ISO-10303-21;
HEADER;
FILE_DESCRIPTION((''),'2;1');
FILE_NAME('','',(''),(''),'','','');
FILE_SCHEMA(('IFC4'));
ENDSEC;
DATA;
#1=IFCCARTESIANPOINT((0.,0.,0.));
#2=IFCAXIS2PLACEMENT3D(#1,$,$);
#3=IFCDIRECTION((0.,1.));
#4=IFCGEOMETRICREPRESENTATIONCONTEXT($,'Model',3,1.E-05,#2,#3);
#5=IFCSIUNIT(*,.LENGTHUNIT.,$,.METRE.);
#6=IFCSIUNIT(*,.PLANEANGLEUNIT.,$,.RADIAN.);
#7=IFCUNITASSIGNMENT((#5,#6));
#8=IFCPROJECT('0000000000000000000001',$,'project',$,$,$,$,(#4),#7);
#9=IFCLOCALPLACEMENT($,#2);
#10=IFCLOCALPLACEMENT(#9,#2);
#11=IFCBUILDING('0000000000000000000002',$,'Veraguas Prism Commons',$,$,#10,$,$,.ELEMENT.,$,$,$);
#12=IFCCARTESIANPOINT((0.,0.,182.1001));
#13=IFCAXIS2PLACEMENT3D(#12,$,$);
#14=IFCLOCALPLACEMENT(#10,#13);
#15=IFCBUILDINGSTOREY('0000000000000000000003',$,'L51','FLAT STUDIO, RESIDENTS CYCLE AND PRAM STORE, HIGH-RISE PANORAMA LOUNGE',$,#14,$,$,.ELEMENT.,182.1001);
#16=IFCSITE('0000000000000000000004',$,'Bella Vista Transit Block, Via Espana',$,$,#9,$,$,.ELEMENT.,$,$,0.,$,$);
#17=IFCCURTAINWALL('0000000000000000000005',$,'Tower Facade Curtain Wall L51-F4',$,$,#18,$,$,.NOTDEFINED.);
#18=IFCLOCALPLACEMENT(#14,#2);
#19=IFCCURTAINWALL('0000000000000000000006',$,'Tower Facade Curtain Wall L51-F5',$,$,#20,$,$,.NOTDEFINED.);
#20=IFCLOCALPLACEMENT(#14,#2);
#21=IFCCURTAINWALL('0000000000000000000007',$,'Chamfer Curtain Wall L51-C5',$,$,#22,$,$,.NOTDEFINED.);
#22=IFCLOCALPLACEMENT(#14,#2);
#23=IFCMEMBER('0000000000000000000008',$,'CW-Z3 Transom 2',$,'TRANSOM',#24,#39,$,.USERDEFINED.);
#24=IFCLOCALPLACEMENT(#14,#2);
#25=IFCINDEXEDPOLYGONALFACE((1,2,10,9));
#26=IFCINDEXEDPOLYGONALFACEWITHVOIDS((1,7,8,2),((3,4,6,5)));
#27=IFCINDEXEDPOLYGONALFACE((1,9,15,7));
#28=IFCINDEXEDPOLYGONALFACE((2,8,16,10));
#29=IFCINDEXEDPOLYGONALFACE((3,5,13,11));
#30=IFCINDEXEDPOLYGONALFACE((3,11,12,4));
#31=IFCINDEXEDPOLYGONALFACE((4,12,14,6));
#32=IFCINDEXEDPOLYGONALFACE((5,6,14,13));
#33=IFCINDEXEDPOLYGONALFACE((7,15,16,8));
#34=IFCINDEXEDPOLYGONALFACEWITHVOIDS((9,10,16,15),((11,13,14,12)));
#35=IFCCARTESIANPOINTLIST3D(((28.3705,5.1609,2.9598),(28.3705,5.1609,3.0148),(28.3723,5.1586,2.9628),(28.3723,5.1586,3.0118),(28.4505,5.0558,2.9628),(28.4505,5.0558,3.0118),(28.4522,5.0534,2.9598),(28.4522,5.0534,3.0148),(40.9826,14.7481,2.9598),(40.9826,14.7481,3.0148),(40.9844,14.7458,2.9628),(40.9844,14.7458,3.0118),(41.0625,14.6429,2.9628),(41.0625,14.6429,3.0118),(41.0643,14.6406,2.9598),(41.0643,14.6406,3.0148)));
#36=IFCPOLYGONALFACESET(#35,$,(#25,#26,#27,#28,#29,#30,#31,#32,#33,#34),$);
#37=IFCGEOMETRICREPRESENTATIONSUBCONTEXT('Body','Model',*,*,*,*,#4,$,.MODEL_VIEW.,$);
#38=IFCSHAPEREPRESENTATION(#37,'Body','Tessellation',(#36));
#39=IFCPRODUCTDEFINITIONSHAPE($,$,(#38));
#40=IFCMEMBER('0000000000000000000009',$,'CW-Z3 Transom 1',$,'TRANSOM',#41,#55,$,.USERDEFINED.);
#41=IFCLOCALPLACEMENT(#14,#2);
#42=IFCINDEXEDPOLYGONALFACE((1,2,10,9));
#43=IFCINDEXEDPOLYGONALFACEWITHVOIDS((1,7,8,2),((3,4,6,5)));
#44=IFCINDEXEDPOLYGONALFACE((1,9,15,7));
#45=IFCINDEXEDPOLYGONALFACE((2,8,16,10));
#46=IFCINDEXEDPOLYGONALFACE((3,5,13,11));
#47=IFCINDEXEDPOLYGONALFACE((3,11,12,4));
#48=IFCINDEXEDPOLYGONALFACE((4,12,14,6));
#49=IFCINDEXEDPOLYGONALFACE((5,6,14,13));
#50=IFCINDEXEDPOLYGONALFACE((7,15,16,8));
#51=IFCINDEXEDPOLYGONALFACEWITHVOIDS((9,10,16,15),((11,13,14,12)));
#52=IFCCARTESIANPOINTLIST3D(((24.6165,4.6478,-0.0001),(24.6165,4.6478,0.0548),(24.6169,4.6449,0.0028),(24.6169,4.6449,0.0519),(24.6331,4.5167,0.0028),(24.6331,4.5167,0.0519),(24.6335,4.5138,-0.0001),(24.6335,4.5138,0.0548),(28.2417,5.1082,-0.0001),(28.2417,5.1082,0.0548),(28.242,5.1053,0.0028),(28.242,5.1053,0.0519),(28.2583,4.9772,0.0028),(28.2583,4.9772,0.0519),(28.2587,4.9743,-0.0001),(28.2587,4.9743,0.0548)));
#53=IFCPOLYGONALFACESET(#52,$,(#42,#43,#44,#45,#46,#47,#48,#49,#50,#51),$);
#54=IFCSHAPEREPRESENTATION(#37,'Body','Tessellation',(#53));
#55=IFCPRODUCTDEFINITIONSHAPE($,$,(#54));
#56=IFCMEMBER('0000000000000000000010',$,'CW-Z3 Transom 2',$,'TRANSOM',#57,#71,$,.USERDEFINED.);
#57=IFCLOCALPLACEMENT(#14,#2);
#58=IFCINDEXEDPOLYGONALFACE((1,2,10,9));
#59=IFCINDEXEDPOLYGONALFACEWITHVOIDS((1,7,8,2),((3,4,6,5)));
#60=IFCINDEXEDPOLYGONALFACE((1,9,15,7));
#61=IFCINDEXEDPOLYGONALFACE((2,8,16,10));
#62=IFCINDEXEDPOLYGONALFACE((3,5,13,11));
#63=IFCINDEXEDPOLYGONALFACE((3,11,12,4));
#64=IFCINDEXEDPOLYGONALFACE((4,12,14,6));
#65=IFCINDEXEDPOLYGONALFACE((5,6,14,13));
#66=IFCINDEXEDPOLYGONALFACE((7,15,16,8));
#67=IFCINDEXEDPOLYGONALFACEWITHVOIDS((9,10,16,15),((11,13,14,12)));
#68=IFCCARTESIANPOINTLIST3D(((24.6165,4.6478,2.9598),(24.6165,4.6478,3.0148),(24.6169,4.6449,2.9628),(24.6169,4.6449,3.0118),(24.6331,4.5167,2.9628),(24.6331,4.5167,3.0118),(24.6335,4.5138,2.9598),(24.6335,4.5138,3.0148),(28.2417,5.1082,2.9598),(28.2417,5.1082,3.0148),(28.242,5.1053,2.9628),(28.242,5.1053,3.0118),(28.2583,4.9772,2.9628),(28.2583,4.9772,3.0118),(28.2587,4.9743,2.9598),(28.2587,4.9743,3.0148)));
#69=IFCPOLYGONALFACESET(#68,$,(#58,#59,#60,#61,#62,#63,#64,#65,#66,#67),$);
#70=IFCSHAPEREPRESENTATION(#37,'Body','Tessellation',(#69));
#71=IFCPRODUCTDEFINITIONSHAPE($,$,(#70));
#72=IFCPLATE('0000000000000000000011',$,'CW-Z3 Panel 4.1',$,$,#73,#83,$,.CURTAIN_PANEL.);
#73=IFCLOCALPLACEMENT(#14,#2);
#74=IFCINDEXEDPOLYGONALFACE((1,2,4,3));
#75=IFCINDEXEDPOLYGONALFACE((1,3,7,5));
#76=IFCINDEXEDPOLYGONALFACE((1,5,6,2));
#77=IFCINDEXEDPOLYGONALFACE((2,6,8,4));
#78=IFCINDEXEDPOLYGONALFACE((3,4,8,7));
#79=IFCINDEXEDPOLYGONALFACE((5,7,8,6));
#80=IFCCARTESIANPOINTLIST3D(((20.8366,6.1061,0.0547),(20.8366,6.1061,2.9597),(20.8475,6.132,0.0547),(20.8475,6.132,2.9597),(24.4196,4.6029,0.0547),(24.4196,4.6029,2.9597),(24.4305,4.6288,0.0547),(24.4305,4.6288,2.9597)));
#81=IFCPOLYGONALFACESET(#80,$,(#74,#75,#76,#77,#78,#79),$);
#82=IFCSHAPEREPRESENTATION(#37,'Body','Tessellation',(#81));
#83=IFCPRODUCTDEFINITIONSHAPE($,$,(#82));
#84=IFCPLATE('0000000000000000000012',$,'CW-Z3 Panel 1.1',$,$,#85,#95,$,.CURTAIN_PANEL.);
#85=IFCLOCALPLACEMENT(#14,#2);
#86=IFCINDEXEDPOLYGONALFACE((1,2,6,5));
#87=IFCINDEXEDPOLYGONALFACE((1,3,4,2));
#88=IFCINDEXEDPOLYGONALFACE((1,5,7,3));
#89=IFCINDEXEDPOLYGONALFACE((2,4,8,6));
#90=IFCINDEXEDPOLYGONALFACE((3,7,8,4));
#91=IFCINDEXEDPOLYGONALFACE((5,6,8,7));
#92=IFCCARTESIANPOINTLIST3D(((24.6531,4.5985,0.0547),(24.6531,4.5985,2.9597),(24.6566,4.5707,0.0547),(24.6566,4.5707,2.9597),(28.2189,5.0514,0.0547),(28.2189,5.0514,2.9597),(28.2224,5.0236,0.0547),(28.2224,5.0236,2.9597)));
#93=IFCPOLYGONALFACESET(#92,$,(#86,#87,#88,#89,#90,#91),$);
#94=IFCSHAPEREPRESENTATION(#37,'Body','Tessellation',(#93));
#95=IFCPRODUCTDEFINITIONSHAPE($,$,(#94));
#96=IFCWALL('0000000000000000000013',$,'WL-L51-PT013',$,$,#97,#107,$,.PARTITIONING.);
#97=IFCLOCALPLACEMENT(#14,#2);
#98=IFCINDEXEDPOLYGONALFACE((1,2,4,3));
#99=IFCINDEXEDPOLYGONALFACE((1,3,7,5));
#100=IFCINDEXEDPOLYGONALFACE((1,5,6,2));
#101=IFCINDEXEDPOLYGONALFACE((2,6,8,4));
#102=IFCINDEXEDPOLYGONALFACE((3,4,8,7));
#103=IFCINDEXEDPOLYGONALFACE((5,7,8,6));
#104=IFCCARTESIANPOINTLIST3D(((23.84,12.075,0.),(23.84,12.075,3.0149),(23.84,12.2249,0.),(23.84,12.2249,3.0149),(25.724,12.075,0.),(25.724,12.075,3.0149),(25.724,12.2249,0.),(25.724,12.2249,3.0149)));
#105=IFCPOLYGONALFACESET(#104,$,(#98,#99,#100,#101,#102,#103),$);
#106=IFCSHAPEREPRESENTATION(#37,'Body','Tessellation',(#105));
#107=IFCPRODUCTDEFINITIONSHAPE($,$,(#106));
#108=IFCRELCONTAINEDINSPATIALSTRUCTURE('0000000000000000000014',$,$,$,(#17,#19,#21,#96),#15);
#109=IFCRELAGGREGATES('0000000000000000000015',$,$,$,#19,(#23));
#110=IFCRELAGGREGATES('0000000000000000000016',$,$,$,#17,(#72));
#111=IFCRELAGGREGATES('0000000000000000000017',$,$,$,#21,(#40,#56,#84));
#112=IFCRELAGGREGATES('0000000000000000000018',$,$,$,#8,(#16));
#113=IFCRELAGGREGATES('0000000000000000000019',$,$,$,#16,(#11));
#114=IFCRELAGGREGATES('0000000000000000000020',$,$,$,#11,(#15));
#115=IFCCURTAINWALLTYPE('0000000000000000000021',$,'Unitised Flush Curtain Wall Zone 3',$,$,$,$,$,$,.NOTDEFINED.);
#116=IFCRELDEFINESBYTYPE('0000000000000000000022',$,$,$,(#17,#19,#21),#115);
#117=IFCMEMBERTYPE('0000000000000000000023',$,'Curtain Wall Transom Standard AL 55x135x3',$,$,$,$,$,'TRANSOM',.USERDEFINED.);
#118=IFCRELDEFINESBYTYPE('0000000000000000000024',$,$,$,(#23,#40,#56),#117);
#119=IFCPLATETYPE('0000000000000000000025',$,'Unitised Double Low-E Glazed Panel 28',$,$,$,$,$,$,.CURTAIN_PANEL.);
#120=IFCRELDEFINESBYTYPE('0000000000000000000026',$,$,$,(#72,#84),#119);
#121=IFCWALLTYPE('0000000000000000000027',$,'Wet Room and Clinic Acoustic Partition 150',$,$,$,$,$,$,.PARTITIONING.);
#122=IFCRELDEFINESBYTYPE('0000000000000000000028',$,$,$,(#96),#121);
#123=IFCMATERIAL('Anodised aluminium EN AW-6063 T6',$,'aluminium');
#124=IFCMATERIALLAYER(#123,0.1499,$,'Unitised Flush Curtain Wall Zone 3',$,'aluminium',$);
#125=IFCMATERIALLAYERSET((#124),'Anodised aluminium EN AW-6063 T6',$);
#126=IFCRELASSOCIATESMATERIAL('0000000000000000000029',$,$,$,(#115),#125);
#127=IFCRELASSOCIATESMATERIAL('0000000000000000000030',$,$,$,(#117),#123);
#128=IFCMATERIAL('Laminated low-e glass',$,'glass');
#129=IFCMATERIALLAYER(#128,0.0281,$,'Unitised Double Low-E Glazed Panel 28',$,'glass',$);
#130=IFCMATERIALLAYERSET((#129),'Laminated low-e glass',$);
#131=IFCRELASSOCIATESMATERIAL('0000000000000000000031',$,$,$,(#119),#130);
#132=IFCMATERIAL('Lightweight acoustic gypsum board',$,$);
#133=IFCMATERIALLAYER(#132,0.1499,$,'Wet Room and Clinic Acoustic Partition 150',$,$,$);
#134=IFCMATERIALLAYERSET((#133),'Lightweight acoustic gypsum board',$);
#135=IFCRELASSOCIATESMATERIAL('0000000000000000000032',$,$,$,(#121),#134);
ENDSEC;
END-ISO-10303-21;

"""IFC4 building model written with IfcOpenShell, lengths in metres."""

from ifc_helpers import new_model, si_unit, direction, frame, frame_2d, origin, origin_2d, place, context, subcontext, project, spatial, rectangle, hollow_rectangle, extrude, source, transform, mapped, material, layer, layer_set, material_profile, profile_set, type_object, element, aggregate, save


model = new_model("IFC4")

# Units and contexts
model_context = context("Model", 3, precision=1e-05, world=origin(), true_north=direction((0.0, 1.0)))
body_context = subcontext(model_context, "Body", "Model", "MODEL_VIEW")
ifc_project = project(units=[si_unit("LENGTHUNIT", "METRE"), si_unit("PLANEANGLEUNIT", "RADIAN")], contexts=[model_context])

# Site, building, storey
site_placement = place(None, origin())
site = spatial("IfcSite", under=ifc_project, at=site_placement, Name="Bella Vista Transit Block, Via Espana", CompositionType="ELEMENT", RefElevation=0.0)
building_placement = place(site_placement, origin())
building = spatial("IfcBuilding", under=site, at=building_placement, Name="Veraguas Prism Commons", CompositionType="ELEMENT")
storey_placement = place(building_placement, frame((0.0, 0.0, 182.1001)))
storey = spatial("IfcBuildingStorey", under=building, at=storey_placement, Name="L51", Description="FLAT STUDIO, RESIDENTS CYCLE AND PRAM STORE, HIGH-RISE PANORAMA LOUNGE", CompositionType="ELEMENT", Elevation=182.1001)

# Curtain walls
ifc_material_1 = material(Name="Anodised aluminium EN AW-6063 T6", Category="aluminium")
ifc_layer_1 = layer(ifc_material_1, 0.1499, Name="Unitised Flush Curtain Wall Zone 3", Category="aluminium")
ifc_layer_set_1 = layer_set([ifc_layer_1], Name="Anodised aluminium EN AW-6063 T6")
curtain_wall_type = type_object("IfcCurtainWallType", Name="Unitised Flush Curtain Wall Zone 3", PredefinedType="NOTDEFINED", material=ifc_layer_set_1)
curtain_wall_1_placement = place(storey_placement, origin())
curtain_wall_1 = element("IfcCurtainWall", 1, at=curtain_wall_1_placement, inside=storey, type_object=curtain_wall_type, Name="Tower Facade Curtain Wall L51-F4", PredefinedType="NOTDEFINED")
curtain_wall_2_placement = place(storey_placement, origin())
curtain_wall_2 = element("IfcCurtainWall", 2, at=curtain_wall_2_placement, inside=storey, type_object=curtain_wall_type, Name="Tower Facade Curtain Wall L51-F5", PredefinedType="NOTDEFINED")

# Curtain wall
curtain_wall_3_placement = place(storey_placement, origin())
curtain_wall_3 = element("IfcCurtainWall", 3, at=curtain_wall_3_placement, inside=storey, type_object=curtain_wall_type, Name="Chamfer Curtain Wall L51-C5", PredefinedType="NOTDEFINED")

# Members
ifc_material_profile_1 = material_profile(ifc_material_1, hollow_rectangle(XDim=0.0549, YDim=0.135, WallThickness=0.0029, at=origin_2d()), Name="AL55X135X3")
ifc_profile_set_1 = profile_set([ifc_material_profile_1], Name="Anodised aluminium EN AW-6063 T6")
member_type_1 = type_object("IfcMemberType", Name="Curtain Wall Transom Standard AL 55x135x3", ElementType="TRANSOM", PredefinedType="USERDEFINED", material=ifc_profile_set_1)
shared_shape_1 = source(origin(), body_context, "Body", "SweptSolid", [
    extrude(hollow_rectangle(XDim=0.0549, YDim=0.135, WallThickness=0.0029, at=origin_2d()), origin(), (0.0, 0.0, 1.0), 15.8423),
])
member_1_placement = place(storey_placement, frame((28.4114, 5.1072, 2.9873), z_axis=(0.796102, 0.605163, 0.0), x_axis=(0.0, 0.0, 1.0)))
member_1 = element("IfcMember", 4, at=member_1_placement, type_object=member_type_1, Name="CW-Z3 Transom 2", ObjectType="TRANSOM", PredefinedType="USERDEFINED", context=body_context, shape_type="MappedRepresentation", body=[
    mapped(shared_shape_1, transform((0.0, 0.0, 0.0), scale=1.0)),
])
aggregate(curtain_wall_2, [member_1])
shared_shape_2 = source(origin(), body_context, "Body", "SweptSolid", [
    extrude(hollow_rectangle(XDim=0.0549, YDim=0.135, WallThickness=0.0029, at=origin_2d()), origin(), (0.0, 0.0, 1.0), 3.6543),
])
member_2_placement = place(storey_placement, frame((24.625, 4.5808, 0.0273), z_axis=(0.99203, 0.126, 0.0), x_axis=(0.0, 0.0, 1.0)))
member_2 = element("IfcMember", 5, at=member_2_placement, type_object=member_type_1, Name="CW-Z3 Transom 1", ObjectType="TRANSOM", PredefinedType="USERDEFINED", context=body_context, shape_type="MappedRepresentation", body=[
    mapped(shared_shape_2, transform((0.0, 0.0, 0.0), scale=1.0)),
])
member_3_placement = place(storey_placement, frame((24.625, 4.5808, 2.9873), z_axis=(0.99203, 0.126, 0.0), x_axis=(0.0, 0.0, 1.0)))
member_3 = element("IfcMember", 6, at=member_3_placement, type_object=member_type_1, Name="CW-Z3 Transom 2", ObjectType="TRANSOM", PredefinedType="USERDEFINED", context=body_context, shape_type="MappedRepresentation", body=[
    mapped(shared_shape_2, transform((0.0, 0.0, 0.0), scale=1.0)),
])

# Plates
ifc_material_2 = material(Name="Laminated low-e glass", Category="glass")
ifc_layer_2 = layer(ifc_material_2, 0.0281, Name="Unitised Double Low-E Glazed Panel 28", Category="glass")
ifc_layer_set_2 = layer_set([ifc_layer_2], Name="Laminated low-e glass")
plate_type = type_object("IfcPlateType", Name="Unitised Double Low-E Glazed Panel 28", PredefinedType="CURTAIN_PANEL", material=ifc_layer_set_2)
shared_shape_3 = source(origin(), body_context, "Body", "SweptSolid", [
    extrude(rectangle(XDim=3.8855, YDim=0.0281, at=origin_2d()), origin(), (0.0, 0.0, 1.0), 2.905),
])
plate_1_placement = place(storey_placement, frame((22.6335, 5.3674, 0.0547), z_axis=(0.0, 0.0, 1.0), x_axis=(0.922134, -0.38687, 0.0)))
plate_1 = element("IfcPlate", 7, at=plate_1_placement, type_object=plate_type, Name="CW-Z3 Panel 4.1", PredefinedType="CURTAIN_PANEL", context=body_context, shape_type="MappedRepresentation", body=[
    mapped(shared_shape_3, transform((0.0, 0.0, 0.0), scale=1.0)),
])
aggregate(curtain_wall_1, [plate_1])
shared_shape_4 = source(origin(), body_context, "Body", "SweptSolid", [
    extrude(rectangle(XDim=3.5945, YDim=0.0281, at=origin_2d()), origin(), (0.0, 0.0, 1.0), 2.905),
])
plate_2_placement = place(storey_placement, frame((26.4377, 4.811, 0.0547), z_axis=(0.0, 0.0, 1.0), x_axis=(0.992031, 0.125996, 0.0)))
plate_2 = element("IfcPlate", 8, at=plate_2_placement, type_object=plate_type, Name="CW-Z3 Panel 1.1", PredefinedType="CURTAIN_PANEL", context=body_context, shape_type="MappedRepresentation", body=[
    mapped(shared_shape_4, transform((0.0, 0.0, 0.0), scale=1.0)),
])
aggregate(curtain_wall_3, [member_2, member_3, plate_2])

# Wall
ifc_material_3 = material(Name="Lightweight acoustic gypsum board")
ifc_layer_3 = layer(ifc_material_3, 0.1499, Name="Wet Room and Clinic Acoustic Partition 150")
ifc_layer_set_3 = layer_set([ifc_layer_3], Name="Lightweight acoustic gypsum board")
wall_type = type_object("IfcWallType", Name="Wet Room and Clinic Acoustic Partition 150", PredefinedType="PARTITIONING", material=ifc_layer_set_3)
wall_placement = place(storey_placement, frame((23.8401, 12.1499, 0.0), z_axis=(0.0, 0.0, 1.0), x_axis=(1.0, 0.0, 0.0)))
element("IfcWall", 9, at=wall_placement, inside=storey, type_object=wall_type, Name="WL-L51-PT013", PredefinedType="PARTITIONING", context=body_context, shape_type="SweptSolid", body=[
    extrude(rectangle(XDim=1.884, YDim=0.1499, at=frame_2d((0.9419, 0.0))), origin(), (0.0, 0.0, 1.0), 3.0149),
])

save(model, "model.ifc")
